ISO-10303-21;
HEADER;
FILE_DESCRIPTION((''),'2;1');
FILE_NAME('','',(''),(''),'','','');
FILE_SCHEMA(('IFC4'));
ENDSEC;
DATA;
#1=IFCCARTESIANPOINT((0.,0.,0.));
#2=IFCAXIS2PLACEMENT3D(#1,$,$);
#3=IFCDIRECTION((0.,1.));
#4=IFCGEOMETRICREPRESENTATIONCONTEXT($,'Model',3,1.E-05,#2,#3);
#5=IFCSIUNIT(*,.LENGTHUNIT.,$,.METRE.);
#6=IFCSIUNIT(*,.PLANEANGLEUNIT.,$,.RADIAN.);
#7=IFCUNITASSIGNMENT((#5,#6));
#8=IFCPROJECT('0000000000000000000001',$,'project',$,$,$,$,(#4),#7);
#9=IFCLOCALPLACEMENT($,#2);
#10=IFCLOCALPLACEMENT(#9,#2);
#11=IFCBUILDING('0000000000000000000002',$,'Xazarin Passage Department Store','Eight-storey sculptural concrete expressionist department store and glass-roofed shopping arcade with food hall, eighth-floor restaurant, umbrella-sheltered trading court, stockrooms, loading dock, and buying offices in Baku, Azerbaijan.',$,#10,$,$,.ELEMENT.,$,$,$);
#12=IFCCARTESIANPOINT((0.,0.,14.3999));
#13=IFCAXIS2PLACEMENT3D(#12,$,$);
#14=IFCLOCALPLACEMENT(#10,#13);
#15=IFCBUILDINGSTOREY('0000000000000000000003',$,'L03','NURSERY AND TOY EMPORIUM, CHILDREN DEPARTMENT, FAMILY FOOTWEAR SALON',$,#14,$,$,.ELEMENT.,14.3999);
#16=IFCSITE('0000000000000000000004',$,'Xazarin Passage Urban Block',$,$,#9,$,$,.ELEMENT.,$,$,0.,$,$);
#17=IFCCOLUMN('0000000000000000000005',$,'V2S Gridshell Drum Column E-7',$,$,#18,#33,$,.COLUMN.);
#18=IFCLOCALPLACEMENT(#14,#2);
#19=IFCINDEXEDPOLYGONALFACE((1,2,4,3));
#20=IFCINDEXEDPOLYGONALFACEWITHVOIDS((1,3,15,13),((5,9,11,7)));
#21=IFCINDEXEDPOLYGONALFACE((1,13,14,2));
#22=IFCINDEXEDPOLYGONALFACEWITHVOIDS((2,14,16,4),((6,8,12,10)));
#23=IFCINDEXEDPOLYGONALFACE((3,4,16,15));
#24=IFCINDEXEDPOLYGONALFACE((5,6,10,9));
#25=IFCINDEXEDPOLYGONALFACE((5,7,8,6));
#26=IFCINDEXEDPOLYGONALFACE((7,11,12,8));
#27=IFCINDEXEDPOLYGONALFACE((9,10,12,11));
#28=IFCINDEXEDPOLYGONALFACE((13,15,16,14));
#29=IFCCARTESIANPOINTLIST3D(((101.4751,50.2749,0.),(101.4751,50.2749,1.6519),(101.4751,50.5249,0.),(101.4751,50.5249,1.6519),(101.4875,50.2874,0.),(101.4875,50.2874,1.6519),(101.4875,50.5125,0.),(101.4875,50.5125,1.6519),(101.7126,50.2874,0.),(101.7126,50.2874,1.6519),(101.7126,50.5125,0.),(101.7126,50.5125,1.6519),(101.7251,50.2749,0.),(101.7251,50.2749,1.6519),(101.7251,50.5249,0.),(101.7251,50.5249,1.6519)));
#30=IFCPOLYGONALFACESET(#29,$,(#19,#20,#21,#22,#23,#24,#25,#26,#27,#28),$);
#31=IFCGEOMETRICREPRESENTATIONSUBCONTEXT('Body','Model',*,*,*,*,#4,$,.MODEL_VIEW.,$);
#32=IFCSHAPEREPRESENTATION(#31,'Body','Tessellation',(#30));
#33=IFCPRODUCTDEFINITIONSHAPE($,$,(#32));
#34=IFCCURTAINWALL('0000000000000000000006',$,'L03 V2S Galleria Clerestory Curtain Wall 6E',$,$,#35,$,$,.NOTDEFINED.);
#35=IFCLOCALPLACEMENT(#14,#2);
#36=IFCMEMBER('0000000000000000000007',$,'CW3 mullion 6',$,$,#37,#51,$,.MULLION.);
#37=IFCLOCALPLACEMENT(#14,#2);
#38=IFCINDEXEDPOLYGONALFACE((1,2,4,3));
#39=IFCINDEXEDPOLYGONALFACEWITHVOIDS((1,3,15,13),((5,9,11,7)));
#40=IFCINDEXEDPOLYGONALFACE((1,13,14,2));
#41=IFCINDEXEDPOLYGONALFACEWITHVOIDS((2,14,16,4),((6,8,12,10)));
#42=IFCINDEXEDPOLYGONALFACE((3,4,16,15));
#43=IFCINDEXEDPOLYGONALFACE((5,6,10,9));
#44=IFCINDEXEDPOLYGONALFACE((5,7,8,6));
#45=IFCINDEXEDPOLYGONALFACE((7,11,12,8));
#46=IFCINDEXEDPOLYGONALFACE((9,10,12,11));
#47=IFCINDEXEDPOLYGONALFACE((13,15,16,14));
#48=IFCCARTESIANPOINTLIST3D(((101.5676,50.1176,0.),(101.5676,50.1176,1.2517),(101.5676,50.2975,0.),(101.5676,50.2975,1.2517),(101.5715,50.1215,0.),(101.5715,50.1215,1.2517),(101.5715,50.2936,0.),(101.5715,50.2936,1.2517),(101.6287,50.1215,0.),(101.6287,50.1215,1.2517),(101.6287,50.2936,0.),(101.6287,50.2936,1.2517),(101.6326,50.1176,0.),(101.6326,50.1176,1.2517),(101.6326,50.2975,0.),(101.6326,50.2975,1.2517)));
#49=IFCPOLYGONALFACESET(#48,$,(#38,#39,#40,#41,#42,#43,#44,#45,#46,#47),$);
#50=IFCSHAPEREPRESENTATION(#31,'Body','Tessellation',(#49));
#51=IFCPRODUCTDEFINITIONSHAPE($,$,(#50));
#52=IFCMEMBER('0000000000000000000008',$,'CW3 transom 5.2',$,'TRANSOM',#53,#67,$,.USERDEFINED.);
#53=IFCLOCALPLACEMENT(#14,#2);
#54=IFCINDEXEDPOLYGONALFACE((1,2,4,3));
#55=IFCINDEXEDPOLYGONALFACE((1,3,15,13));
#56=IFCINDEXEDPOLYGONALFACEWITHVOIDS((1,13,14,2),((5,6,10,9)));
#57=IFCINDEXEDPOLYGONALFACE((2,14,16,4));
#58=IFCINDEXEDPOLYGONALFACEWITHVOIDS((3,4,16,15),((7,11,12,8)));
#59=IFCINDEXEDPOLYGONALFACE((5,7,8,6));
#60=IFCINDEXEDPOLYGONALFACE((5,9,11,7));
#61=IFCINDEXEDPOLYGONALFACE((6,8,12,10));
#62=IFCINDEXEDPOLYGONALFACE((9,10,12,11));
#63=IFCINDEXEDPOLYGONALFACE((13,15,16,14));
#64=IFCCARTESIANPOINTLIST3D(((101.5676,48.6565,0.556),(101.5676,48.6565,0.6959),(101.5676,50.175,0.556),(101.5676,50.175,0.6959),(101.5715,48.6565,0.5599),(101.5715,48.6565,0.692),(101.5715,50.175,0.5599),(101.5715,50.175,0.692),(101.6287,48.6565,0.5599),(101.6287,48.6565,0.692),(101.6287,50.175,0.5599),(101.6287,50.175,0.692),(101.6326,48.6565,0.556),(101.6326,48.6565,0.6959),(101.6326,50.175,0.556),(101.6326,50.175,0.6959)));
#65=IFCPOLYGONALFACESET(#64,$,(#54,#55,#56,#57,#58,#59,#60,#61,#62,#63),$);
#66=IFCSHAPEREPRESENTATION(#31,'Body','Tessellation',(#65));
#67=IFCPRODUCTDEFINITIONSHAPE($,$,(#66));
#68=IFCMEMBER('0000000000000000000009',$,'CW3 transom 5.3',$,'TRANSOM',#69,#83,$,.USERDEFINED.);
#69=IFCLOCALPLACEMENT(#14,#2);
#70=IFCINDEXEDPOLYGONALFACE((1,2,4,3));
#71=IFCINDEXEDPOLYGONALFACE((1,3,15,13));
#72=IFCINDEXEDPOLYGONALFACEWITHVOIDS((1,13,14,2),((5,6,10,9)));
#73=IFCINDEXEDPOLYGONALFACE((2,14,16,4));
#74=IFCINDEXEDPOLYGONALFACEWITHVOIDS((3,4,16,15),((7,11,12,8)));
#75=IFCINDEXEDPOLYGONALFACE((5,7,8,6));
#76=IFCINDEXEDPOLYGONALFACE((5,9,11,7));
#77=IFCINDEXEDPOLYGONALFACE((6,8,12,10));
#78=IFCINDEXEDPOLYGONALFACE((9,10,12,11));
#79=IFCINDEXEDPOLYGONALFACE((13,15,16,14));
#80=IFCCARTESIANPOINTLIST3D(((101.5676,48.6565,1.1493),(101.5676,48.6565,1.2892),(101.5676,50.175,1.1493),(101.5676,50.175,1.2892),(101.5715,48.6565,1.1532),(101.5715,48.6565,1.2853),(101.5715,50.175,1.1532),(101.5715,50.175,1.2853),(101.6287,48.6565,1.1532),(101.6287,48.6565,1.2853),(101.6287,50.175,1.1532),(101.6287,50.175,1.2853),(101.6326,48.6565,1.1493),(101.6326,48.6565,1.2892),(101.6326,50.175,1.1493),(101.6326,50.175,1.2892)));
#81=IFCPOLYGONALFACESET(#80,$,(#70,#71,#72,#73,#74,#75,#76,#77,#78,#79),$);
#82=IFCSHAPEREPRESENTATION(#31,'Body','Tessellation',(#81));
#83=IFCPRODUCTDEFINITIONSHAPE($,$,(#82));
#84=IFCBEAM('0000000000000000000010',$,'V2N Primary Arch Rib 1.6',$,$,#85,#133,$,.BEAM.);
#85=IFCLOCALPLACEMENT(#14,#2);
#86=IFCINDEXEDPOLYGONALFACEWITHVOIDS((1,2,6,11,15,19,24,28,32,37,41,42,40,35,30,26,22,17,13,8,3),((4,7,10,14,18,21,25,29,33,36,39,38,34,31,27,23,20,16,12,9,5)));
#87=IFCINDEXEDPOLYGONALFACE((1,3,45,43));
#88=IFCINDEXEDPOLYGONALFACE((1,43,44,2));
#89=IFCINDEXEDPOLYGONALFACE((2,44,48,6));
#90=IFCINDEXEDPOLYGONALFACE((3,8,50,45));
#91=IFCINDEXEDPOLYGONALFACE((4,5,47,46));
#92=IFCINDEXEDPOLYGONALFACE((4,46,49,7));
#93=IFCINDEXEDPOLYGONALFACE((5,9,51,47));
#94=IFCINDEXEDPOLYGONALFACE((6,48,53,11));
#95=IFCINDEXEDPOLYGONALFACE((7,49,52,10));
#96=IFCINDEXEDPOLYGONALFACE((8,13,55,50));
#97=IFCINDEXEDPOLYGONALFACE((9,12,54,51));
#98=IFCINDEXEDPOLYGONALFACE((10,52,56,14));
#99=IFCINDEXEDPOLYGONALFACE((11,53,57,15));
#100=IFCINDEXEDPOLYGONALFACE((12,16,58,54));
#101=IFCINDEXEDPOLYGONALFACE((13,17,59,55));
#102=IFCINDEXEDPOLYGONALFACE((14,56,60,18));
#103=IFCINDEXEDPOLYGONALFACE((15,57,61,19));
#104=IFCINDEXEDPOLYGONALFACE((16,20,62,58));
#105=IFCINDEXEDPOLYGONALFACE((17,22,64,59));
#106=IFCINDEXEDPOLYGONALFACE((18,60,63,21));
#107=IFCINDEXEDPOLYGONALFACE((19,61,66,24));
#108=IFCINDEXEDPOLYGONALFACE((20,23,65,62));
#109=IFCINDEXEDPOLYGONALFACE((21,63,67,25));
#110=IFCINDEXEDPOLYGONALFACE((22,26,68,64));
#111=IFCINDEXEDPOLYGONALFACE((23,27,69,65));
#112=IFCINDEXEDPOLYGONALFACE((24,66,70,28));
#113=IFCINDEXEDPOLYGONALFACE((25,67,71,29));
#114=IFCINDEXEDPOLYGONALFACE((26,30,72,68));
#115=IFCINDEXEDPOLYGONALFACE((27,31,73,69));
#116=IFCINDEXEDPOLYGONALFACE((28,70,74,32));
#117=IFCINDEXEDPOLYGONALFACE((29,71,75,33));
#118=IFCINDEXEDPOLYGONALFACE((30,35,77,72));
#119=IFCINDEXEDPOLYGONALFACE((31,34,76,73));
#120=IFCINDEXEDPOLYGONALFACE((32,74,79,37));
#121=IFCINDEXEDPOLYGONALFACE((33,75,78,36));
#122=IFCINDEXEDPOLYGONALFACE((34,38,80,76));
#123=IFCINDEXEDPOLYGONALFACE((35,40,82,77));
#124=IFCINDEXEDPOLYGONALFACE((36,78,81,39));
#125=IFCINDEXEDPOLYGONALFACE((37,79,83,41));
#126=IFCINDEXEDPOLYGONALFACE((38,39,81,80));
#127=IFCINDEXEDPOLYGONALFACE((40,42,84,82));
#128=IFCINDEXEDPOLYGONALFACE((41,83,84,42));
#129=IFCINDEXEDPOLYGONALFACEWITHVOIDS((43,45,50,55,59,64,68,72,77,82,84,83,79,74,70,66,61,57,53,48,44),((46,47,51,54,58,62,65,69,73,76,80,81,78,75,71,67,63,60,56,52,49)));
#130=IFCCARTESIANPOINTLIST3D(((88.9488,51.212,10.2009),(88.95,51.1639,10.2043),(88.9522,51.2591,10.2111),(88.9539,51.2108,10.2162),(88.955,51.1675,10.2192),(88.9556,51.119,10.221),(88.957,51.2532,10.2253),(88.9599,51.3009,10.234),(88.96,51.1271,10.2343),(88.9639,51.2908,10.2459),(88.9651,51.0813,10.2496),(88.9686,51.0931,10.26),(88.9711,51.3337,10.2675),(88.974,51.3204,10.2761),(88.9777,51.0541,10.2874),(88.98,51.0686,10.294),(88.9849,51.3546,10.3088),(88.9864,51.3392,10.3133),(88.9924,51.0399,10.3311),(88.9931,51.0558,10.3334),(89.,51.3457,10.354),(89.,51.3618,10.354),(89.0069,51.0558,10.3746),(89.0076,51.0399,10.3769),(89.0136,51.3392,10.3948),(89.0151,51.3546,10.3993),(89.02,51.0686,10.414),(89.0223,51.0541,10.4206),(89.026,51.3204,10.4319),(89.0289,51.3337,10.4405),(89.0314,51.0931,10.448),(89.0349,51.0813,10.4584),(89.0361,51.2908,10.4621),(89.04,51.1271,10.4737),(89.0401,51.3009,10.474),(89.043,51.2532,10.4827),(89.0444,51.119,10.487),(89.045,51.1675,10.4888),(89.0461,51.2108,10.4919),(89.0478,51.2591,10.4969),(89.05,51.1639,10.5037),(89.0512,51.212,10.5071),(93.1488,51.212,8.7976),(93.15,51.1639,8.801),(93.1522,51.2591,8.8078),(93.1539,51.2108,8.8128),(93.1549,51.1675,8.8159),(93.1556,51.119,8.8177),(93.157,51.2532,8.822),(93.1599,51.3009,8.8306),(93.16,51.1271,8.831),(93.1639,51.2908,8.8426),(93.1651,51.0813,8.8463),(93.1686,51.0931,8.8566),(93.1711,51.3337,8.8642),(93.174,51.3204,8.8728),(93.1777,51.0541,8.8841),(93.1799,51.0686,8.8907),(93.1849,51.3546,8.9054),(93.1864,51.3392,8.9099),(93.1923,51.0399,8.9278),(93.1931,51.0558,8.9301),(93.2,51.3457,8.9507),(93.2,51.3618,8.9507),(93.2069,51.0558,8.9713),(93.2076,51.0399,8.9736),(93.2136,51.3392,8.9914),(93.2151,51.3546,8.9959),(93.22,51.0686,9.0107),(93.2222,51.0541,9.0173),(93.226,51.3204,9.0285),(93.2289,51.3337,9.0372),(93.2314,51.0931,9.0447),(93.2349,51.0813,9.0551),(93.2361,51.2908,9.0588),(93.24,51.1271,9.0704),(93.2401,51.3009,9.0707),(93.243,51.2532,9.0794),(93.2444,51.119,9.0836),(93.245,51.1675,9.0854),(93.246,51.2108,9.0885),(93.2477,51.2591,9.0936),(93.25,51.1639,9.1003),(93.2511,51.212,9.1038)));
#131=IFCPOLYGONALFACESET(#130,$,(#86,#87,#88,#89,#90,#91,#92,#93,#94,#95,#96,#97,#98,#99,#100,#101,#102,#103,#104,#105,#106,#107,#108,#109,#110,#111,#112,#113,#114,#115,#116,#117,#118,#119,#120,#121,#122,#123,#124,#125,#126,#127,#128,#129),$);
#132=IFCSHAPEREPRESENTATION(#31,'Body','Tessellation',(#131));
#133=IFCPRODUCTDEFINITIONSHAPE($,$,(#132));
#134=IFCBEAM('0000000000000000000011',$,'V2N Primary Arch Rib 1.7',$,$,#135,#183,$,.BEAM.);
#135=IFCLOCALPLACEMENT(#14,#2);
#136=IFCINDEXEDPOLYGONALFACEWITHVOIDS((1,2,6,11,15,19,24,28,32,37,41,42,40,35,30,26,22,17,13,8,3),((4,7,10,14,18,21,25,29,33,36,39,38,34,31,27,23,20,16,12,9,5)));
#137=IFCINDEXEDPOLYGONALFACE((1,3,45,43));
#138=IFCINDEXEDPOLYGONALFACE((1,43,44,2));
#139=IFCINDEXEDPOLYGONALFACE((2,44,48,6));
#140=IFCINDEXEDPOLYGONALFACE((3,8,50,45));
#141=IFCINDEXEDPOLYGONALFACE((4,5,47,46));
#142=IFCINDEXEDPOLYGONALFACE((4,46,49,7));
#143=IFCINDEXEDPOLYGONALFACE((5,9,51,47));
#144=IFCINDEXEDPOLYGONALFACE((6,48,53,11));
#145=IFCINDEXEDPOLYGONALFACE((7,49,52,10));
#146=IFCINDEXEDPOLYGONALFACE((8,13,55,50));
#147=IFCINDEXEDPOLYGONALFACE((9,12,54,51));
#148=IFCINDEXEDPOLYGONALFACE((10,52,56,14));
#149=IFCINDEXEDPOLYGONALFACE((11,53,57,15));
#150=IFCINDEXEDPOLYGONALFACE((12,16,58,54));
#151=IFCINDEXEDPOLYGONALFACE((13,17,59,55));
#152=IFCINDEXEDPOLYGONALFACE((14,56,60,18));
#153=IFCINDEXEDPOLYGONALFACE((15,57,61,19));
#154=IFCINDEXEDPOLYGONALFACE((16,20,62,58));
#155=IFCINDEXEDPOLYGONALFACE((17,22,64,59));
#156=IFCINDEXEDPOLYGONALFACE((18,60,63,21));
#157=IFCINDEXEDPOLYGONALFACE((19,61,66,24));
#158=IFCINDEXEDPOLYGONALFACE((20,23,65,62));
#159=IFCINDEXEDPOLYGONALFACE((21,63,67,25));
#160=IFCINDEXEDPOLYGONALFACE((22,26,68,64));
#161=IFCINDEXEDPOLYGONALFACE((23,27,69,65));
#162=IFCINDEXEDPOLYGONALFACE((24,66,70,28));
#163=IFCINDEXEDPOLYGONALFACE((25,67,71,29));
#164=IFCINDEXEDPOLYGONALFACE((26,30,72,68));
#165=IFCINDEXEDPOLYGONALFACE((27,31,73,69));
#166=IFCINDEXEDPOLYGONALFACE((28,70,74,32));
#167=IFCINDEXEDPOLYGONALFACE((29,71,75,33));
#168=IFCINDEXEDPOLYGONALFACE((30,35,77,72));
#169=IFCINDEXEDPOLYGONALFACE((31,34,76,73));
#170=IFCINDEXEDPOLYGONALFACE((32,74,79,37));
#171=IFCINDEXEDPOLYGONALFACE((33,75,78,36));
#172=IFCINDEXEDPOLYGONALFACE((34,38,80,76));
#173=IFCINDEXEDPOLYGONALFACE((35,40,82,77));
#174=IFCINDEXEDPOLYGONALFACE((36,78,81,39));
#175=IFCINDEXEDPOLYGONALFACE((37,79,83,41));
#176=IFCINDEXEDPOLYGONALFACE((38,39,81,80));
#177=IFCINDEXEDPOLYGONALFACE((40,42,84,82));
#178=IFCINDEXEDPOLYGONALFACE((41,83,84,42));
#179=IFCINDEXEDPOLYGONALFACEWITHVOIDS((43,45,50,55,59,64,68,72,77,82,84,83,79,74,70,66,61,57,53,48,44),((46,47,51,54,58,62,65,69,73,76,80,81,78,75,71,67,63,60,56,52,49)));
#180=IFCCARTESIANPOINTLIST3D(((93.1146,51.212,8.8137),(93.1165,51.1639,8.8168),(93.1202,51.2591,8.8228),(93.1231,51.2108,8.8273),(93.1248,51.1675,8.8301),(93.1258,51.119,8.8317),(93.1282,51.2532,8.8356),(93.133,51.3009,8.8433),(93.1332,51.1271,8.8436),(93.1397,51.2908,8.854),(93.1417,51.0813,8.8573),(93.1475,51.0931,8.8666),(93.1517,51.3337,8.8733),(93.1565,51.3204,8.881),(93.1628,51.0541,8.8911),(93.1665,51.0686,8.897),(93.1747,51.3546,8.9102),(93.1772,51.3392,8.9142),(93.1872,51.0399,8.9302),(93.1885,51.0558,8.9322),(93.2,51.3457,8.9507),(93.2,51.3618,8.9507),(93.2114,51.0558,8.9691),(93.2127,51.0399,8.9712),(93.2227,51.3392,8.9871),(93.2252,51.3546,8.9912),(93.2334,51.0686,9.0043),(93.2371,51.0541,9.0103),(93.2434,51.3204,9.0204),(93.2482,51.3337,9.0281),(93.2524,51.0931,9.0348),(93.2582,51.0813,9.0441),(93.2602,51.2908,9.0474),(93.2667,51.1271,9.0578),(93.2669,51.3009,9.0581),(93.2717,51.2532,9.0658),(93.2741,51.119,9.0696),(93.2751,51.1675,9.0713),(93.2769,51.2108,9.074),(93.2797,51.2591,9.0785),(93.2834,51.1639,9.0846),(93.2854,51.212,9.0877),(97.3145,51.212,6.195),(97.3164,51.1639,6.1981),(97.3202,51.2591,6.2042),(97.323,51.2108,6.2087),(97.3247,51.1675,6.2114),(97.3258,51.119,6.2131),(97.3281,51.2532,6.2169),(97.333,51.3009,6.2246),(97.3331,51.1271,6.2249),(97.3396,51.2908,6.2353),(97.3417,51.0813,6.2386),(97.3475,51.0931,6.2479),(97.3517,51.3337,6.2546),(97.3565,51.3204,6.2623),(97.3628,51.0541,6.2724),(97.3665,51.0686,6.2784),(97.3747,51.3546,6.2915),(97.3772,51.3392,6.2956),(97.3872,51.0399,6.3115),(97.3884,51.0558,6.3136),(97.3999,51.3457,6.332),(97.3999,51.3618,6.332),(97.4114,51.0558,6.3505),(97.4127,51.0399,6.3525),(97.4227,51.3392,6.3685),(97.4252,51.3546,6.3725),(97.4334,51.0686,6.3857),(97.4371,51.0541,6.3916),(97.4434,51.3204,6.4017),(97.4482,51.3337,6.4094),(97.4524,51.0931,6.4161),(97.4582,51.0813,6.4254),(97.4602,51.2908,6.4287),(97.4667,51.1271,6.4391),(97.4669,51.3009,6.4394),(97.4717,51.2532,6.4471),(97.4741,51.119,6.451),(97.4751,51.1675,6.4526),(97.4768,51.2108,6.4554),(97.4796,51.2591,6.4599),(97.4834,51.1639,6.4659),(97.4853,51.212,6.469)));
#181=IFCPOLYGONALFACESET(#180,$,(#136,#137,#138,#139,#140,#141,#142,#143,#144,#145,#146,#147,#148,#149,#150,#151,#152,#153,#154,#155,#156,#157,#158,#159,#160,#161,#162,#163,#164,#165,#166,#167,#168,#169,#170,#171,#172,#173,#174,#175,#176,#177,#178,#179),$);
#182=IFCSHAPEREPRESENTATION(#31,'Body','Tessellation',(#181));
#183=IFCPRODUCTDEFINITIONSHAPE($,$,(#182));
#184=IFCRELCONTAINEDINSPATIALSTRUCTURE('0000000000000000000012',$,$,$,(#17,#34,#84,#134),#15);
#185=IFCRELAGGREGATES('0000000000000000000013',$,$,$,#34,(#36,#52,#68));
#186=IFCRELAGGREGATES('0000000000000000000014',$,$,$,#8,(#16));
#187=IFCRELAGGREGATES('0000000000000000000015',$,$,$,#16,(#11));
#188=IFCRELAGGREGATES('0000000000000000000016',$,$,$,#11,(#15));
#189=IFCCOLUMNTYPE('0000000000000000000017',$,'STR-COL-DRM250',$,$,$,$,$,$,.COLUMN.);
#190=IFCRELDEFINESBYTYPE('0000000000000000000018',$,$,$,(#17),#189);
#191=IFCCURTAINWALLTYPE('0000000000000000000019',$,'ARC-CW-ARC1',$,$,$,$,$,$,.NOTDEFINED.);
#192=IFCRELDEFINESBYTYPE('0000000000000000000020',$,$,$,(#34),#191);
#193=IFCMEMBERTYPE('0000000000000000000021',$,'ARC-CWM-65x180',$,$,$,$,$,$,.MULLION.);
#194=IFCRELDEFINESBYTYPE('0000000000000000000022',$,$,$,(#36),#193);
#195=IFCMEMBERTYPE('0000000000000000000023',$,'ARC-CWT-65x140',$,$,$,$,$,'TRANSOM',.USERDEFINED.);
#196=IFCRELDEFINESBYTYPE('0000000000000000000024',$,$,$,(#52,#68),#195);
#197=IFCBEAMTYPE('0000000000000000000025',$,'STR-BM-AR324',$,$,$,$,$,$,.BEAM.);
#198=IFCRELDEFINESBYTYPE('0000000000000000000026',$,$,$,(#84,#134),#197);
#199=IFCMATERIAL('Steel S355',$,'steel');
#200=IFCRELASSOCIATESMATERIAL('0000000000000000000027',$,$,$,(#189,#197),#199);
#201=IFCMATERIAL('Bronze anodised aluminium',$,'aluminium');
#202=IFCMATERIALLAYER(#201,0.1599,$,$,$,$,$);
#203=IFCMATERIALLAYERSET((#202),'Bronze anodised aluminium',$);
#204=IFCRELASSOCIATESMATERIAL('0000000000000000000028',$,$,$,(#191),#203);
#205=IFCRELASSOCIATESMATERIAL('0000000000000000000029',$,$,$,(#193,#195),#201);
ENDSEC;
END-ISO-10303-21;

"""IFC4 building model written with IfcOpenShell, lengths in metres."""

from ifc_helpers import new_model, si_unit, direction, frame, origin, origin_2d, place, context, subcontext, project, spatial, hollow_rectangle, hollow_circle, extrude, material, layer, layer_set, material_profile, profile_set, type_object, element, aggregate, save


model = new_model("IFC4")

# Units and contexts
model_context = context("Model", 3, precision=1e-05, world=origin(), true_north=direction((0.0, 1.0)))
body_context = subcontext(model_context, "Body", "Model", "MODEL_VIEW")
ifc_project = project(units=[si_unit("LENGTHUNIT", "METRE"), si_unit("PLANEANGLEUNIT", "RADIAN")], contexts=[model_context])

# Site, building, storey
site_placement = place(None, origin())
site = spatial("IfcSite", under=ifc_project, at=site_placement, Name="Xazarin Passage Urban Block", CompositionType="ELEMENT", RefElevation=0.0)
building_placement = place(site_placement, origin())
building = spatial("IfcBuilding", under=site, at=building_placement, Name="Xazarin Passage Department Store", Description="Eight-storey sculptural concrete expressionist department store and glass-roofed shopping arcade with food hall, eighth-floor restaurant, umbrella-sheltered trading court, stockrooms, loading dock, and buying offices in Baku, Azerbaijan.", CompositionType="ELEMENT")
storey_placement = place(building_placement, frame((0.0, 0.0, 14.3999)))
storey = spatial("IfcBuildingStorey", under=building, at=storey_placement, Name="L03", Description="NURSERY AND TOY EMPORIUM, CHILDREN DEPARTMENT, FAMILY FOOTWEAR SALON", CompositionType="ELEMENT", Elevation=14.3999)

# Column
ifc_material_1 = material(Name="Steel S355", Category="steel")
ifc_material_profile_1 = material_profile(ifc_material_1, hollow_rectangle(XDim=0.25, YDim=0.25, WallThickness=0.0125, at=origin_2d()), Name="SHS 250x250x12.5")
ifc_profile_set_1 = profile_set([ifc_material_profile_1], Name="Steel S355")
column_type = type_object("IfcColumnType", Name="STR-COL-DRM250", PredefinedType="COLUMN", material=ifc_profile_set_1)
column_placement = place(storey_placement, frame((101.6001, 50.3999, 0.0), z_axis=(0.0, 0.0, 1.0), x_axis=(1.0, 0.0, 0.0)))
element("IfcColumn", 1, at=column_placement, inside=storey, type_object=column_type, Name="V2S Gridshell Drum Column E-7", PredefinedType="COLUMN", context=body_context, shape_type="SweptSolid", body=[
    extrude(hollow_rectangle(XDim=0.25, YDim=0.25, WallThickness=0.0125, at=origin_2d()), origin(), (0.0, 0.0, 1.0), 1.6519),
])

# Curtain wall, members
ifc_material_2 = material(Name="Bronze anodised aluminium", Category="aluminium")
ifc_layer_1 = layer(ifc_material_2, 0.1599)
ifc_layer_set_1 = layer_set([ifc_layer_1], Name="Bronze anodised aluminium")
curtain_wall_type = type_object("IfcCurtainWallType", Name="ARC-CW-ARC1", PredefinedType="NOTDEFINED", material=ifc_layer_set_1)
curtain_wall_placement = place(storey_placement, origin())
curtain_wall = element("IfcCurtainWall", 2, at=curtain_wall_placement, inside=storey, type_object=curtain_wall_type, Name="L03 V2S Galleria Clerestory Curtain Wall 6E", PredefinedType="NOTDEFINED")
ifc_material_profile_2 = material_profile(ifc_material_2, hollow_rectangle(XDim=0.0649, YDim=0.1799, WallThickness=0.0039, at=origin_2d()), Name="ALU 65x180")
ifc_profile_set_2 = profile_set([ifc_material_profile_2], Name="Bronze anodised aluminium")
member_type_1 = type_object("IfcMemberType", Name="ARC-CWM-65x180", PredefinedType="MULLION", material=ifc_profile_set_2)
member_1_placement = place(storey_placement, frame((101.6001, 50.2075, 0.0), z_axis=(0.0, 0.0, 1.0), x_axis=(-1.0, 0.0, 0.0)))
member_1 = element("IfcMember", 3, at=member_1_placement, type_object=member_type_1, Name="CW3 mullion 6", PredefinedType="MULLION", context=body_context, shape_type="SweptSolid", body=[
    extrude(hollow_rectangle(XDim=0.0649, YDim=0.1799, WallThickness=0.0039, at=origin_2d()), origin(), (0.0, 0.0, 1.0), 1.2517),
])
ifc_material_profile_3 = material_profile(ifc_material_2, hollow_rectangle(XDim=0.0649, YDim=0.1399, WallThickness=0.0039, at=origin_2d()), Name="ALU 65x140")
ifc_profile_set_3 = profile_set([ifc_material_profile_3], Name="Bronze anodised aluminium")
member_type_2 = type_object("IfcMemberType", Name="ARC-CWT-65x140", ElementType="TRANSOM", PredefinedType="USERDEFINED", material=ifc_profile_set_3)
member_2_placement = place(storey_placement, frame((101.6001, 48.6565, 0.626), z_axis=(0.0, 1.0, 0.0), x_axis=(-1.0, 0.0, 0.0)))
member_2 = element("IfcMember", 4, at=member_2_placement, type_object=member_type_2, Name="CW3 transom 5.2", ObjectType="TRANSOM", PredefinedType="USERDEFINED", context=body_context, shape_type="SweptSolid", body=[
    extrude(hollow_rectangle(XDim=0.0649, YDim=0.1399, WallThickness=0.0039, at=origin_2d()), origin(), (0.0, 0.0, 1.0), 1.5186),
])
member_3_placement = place(storey_placement, frame((101.6001, 48.6565, 1.2192), z_axis=(0.0, 1.0, 0.0), x_axis=(-1.0, 0.0, 0.0)))
member_3 = element("IfcMember", 5, at=member_3_placement, type_object=member_type_2, Name="CW3 transom 5.3", ObjectType="TRANSOM", PredefinedType="USERDEFINED", context=body_context, shape_type="SweptSolid", body=[
    extrude(hollow_rectangle(XDim=0.0649, YDim=0.1399, WallThickness=0.0039, at=origin_2d()), origin(), (0.0, 0.0, 1.0), 1.5186),
])

# Beams
ifc_material_profile_4 = material_profile(ifc_material_1, hollow_circle(Radius=0.1619, WallThickness=0.0161, at=origin_2d()), Name="CHS 323.9x16")
ifc_profile_set_4 = profile_set([ifc_material_profile_4], Name="Steel S355")
beam_type_1 = type_object("IfcBeamType", Name="STR-BM-AR324", PredefinedType="BEAM", material=ifc_profile_set_4)
beam_1_placement = place(storey_placement, frame((89.0, 51.2, 10.354), z_axis=(0.948457, 0.0, -0.316906), x_axis=(0.0, 1.0, 0.0)))
element("IfcBeam", 6, at=beam_1_placement, inside=storey, type_object=beam_type_1, Name="V2N Primary Arch Rib 1.6", PredefinedType="BEAM", context=body_context, shape_type="SweptSolid", body=[
    extrude(hollow_circle(Radius=0.1619, WallThickness=0.0161, at=origin_2d()), origin(), (0.0, 0.0, 1.0), 4.4282),
])
beam_2_placement = place(storey_placement, frame((93.2, 51.2, 8.9507), z_axis=(0.848571, 0.0, -0.529081), x_axis=(0.0, 1.0, 0.0)))
element("IfcBeam", 7, at=beam_2_placement, inside=storey, type_object=beam_type_1, Name="V2N Primary Arch Rib 1.7", PredefinedType="BEAM", context=body_context, shape_type="SweptSolid", body=[
    extrude(hollow_circle(Radius=0.1619, WallThickness=0.0161, at=origin_2d()), origin(), (0.0, 0.0, 1.0), 4.9495),
])

aggregate(curtain_wall, [member_1, member_2, member_3])

save(model, "model.ifc")
